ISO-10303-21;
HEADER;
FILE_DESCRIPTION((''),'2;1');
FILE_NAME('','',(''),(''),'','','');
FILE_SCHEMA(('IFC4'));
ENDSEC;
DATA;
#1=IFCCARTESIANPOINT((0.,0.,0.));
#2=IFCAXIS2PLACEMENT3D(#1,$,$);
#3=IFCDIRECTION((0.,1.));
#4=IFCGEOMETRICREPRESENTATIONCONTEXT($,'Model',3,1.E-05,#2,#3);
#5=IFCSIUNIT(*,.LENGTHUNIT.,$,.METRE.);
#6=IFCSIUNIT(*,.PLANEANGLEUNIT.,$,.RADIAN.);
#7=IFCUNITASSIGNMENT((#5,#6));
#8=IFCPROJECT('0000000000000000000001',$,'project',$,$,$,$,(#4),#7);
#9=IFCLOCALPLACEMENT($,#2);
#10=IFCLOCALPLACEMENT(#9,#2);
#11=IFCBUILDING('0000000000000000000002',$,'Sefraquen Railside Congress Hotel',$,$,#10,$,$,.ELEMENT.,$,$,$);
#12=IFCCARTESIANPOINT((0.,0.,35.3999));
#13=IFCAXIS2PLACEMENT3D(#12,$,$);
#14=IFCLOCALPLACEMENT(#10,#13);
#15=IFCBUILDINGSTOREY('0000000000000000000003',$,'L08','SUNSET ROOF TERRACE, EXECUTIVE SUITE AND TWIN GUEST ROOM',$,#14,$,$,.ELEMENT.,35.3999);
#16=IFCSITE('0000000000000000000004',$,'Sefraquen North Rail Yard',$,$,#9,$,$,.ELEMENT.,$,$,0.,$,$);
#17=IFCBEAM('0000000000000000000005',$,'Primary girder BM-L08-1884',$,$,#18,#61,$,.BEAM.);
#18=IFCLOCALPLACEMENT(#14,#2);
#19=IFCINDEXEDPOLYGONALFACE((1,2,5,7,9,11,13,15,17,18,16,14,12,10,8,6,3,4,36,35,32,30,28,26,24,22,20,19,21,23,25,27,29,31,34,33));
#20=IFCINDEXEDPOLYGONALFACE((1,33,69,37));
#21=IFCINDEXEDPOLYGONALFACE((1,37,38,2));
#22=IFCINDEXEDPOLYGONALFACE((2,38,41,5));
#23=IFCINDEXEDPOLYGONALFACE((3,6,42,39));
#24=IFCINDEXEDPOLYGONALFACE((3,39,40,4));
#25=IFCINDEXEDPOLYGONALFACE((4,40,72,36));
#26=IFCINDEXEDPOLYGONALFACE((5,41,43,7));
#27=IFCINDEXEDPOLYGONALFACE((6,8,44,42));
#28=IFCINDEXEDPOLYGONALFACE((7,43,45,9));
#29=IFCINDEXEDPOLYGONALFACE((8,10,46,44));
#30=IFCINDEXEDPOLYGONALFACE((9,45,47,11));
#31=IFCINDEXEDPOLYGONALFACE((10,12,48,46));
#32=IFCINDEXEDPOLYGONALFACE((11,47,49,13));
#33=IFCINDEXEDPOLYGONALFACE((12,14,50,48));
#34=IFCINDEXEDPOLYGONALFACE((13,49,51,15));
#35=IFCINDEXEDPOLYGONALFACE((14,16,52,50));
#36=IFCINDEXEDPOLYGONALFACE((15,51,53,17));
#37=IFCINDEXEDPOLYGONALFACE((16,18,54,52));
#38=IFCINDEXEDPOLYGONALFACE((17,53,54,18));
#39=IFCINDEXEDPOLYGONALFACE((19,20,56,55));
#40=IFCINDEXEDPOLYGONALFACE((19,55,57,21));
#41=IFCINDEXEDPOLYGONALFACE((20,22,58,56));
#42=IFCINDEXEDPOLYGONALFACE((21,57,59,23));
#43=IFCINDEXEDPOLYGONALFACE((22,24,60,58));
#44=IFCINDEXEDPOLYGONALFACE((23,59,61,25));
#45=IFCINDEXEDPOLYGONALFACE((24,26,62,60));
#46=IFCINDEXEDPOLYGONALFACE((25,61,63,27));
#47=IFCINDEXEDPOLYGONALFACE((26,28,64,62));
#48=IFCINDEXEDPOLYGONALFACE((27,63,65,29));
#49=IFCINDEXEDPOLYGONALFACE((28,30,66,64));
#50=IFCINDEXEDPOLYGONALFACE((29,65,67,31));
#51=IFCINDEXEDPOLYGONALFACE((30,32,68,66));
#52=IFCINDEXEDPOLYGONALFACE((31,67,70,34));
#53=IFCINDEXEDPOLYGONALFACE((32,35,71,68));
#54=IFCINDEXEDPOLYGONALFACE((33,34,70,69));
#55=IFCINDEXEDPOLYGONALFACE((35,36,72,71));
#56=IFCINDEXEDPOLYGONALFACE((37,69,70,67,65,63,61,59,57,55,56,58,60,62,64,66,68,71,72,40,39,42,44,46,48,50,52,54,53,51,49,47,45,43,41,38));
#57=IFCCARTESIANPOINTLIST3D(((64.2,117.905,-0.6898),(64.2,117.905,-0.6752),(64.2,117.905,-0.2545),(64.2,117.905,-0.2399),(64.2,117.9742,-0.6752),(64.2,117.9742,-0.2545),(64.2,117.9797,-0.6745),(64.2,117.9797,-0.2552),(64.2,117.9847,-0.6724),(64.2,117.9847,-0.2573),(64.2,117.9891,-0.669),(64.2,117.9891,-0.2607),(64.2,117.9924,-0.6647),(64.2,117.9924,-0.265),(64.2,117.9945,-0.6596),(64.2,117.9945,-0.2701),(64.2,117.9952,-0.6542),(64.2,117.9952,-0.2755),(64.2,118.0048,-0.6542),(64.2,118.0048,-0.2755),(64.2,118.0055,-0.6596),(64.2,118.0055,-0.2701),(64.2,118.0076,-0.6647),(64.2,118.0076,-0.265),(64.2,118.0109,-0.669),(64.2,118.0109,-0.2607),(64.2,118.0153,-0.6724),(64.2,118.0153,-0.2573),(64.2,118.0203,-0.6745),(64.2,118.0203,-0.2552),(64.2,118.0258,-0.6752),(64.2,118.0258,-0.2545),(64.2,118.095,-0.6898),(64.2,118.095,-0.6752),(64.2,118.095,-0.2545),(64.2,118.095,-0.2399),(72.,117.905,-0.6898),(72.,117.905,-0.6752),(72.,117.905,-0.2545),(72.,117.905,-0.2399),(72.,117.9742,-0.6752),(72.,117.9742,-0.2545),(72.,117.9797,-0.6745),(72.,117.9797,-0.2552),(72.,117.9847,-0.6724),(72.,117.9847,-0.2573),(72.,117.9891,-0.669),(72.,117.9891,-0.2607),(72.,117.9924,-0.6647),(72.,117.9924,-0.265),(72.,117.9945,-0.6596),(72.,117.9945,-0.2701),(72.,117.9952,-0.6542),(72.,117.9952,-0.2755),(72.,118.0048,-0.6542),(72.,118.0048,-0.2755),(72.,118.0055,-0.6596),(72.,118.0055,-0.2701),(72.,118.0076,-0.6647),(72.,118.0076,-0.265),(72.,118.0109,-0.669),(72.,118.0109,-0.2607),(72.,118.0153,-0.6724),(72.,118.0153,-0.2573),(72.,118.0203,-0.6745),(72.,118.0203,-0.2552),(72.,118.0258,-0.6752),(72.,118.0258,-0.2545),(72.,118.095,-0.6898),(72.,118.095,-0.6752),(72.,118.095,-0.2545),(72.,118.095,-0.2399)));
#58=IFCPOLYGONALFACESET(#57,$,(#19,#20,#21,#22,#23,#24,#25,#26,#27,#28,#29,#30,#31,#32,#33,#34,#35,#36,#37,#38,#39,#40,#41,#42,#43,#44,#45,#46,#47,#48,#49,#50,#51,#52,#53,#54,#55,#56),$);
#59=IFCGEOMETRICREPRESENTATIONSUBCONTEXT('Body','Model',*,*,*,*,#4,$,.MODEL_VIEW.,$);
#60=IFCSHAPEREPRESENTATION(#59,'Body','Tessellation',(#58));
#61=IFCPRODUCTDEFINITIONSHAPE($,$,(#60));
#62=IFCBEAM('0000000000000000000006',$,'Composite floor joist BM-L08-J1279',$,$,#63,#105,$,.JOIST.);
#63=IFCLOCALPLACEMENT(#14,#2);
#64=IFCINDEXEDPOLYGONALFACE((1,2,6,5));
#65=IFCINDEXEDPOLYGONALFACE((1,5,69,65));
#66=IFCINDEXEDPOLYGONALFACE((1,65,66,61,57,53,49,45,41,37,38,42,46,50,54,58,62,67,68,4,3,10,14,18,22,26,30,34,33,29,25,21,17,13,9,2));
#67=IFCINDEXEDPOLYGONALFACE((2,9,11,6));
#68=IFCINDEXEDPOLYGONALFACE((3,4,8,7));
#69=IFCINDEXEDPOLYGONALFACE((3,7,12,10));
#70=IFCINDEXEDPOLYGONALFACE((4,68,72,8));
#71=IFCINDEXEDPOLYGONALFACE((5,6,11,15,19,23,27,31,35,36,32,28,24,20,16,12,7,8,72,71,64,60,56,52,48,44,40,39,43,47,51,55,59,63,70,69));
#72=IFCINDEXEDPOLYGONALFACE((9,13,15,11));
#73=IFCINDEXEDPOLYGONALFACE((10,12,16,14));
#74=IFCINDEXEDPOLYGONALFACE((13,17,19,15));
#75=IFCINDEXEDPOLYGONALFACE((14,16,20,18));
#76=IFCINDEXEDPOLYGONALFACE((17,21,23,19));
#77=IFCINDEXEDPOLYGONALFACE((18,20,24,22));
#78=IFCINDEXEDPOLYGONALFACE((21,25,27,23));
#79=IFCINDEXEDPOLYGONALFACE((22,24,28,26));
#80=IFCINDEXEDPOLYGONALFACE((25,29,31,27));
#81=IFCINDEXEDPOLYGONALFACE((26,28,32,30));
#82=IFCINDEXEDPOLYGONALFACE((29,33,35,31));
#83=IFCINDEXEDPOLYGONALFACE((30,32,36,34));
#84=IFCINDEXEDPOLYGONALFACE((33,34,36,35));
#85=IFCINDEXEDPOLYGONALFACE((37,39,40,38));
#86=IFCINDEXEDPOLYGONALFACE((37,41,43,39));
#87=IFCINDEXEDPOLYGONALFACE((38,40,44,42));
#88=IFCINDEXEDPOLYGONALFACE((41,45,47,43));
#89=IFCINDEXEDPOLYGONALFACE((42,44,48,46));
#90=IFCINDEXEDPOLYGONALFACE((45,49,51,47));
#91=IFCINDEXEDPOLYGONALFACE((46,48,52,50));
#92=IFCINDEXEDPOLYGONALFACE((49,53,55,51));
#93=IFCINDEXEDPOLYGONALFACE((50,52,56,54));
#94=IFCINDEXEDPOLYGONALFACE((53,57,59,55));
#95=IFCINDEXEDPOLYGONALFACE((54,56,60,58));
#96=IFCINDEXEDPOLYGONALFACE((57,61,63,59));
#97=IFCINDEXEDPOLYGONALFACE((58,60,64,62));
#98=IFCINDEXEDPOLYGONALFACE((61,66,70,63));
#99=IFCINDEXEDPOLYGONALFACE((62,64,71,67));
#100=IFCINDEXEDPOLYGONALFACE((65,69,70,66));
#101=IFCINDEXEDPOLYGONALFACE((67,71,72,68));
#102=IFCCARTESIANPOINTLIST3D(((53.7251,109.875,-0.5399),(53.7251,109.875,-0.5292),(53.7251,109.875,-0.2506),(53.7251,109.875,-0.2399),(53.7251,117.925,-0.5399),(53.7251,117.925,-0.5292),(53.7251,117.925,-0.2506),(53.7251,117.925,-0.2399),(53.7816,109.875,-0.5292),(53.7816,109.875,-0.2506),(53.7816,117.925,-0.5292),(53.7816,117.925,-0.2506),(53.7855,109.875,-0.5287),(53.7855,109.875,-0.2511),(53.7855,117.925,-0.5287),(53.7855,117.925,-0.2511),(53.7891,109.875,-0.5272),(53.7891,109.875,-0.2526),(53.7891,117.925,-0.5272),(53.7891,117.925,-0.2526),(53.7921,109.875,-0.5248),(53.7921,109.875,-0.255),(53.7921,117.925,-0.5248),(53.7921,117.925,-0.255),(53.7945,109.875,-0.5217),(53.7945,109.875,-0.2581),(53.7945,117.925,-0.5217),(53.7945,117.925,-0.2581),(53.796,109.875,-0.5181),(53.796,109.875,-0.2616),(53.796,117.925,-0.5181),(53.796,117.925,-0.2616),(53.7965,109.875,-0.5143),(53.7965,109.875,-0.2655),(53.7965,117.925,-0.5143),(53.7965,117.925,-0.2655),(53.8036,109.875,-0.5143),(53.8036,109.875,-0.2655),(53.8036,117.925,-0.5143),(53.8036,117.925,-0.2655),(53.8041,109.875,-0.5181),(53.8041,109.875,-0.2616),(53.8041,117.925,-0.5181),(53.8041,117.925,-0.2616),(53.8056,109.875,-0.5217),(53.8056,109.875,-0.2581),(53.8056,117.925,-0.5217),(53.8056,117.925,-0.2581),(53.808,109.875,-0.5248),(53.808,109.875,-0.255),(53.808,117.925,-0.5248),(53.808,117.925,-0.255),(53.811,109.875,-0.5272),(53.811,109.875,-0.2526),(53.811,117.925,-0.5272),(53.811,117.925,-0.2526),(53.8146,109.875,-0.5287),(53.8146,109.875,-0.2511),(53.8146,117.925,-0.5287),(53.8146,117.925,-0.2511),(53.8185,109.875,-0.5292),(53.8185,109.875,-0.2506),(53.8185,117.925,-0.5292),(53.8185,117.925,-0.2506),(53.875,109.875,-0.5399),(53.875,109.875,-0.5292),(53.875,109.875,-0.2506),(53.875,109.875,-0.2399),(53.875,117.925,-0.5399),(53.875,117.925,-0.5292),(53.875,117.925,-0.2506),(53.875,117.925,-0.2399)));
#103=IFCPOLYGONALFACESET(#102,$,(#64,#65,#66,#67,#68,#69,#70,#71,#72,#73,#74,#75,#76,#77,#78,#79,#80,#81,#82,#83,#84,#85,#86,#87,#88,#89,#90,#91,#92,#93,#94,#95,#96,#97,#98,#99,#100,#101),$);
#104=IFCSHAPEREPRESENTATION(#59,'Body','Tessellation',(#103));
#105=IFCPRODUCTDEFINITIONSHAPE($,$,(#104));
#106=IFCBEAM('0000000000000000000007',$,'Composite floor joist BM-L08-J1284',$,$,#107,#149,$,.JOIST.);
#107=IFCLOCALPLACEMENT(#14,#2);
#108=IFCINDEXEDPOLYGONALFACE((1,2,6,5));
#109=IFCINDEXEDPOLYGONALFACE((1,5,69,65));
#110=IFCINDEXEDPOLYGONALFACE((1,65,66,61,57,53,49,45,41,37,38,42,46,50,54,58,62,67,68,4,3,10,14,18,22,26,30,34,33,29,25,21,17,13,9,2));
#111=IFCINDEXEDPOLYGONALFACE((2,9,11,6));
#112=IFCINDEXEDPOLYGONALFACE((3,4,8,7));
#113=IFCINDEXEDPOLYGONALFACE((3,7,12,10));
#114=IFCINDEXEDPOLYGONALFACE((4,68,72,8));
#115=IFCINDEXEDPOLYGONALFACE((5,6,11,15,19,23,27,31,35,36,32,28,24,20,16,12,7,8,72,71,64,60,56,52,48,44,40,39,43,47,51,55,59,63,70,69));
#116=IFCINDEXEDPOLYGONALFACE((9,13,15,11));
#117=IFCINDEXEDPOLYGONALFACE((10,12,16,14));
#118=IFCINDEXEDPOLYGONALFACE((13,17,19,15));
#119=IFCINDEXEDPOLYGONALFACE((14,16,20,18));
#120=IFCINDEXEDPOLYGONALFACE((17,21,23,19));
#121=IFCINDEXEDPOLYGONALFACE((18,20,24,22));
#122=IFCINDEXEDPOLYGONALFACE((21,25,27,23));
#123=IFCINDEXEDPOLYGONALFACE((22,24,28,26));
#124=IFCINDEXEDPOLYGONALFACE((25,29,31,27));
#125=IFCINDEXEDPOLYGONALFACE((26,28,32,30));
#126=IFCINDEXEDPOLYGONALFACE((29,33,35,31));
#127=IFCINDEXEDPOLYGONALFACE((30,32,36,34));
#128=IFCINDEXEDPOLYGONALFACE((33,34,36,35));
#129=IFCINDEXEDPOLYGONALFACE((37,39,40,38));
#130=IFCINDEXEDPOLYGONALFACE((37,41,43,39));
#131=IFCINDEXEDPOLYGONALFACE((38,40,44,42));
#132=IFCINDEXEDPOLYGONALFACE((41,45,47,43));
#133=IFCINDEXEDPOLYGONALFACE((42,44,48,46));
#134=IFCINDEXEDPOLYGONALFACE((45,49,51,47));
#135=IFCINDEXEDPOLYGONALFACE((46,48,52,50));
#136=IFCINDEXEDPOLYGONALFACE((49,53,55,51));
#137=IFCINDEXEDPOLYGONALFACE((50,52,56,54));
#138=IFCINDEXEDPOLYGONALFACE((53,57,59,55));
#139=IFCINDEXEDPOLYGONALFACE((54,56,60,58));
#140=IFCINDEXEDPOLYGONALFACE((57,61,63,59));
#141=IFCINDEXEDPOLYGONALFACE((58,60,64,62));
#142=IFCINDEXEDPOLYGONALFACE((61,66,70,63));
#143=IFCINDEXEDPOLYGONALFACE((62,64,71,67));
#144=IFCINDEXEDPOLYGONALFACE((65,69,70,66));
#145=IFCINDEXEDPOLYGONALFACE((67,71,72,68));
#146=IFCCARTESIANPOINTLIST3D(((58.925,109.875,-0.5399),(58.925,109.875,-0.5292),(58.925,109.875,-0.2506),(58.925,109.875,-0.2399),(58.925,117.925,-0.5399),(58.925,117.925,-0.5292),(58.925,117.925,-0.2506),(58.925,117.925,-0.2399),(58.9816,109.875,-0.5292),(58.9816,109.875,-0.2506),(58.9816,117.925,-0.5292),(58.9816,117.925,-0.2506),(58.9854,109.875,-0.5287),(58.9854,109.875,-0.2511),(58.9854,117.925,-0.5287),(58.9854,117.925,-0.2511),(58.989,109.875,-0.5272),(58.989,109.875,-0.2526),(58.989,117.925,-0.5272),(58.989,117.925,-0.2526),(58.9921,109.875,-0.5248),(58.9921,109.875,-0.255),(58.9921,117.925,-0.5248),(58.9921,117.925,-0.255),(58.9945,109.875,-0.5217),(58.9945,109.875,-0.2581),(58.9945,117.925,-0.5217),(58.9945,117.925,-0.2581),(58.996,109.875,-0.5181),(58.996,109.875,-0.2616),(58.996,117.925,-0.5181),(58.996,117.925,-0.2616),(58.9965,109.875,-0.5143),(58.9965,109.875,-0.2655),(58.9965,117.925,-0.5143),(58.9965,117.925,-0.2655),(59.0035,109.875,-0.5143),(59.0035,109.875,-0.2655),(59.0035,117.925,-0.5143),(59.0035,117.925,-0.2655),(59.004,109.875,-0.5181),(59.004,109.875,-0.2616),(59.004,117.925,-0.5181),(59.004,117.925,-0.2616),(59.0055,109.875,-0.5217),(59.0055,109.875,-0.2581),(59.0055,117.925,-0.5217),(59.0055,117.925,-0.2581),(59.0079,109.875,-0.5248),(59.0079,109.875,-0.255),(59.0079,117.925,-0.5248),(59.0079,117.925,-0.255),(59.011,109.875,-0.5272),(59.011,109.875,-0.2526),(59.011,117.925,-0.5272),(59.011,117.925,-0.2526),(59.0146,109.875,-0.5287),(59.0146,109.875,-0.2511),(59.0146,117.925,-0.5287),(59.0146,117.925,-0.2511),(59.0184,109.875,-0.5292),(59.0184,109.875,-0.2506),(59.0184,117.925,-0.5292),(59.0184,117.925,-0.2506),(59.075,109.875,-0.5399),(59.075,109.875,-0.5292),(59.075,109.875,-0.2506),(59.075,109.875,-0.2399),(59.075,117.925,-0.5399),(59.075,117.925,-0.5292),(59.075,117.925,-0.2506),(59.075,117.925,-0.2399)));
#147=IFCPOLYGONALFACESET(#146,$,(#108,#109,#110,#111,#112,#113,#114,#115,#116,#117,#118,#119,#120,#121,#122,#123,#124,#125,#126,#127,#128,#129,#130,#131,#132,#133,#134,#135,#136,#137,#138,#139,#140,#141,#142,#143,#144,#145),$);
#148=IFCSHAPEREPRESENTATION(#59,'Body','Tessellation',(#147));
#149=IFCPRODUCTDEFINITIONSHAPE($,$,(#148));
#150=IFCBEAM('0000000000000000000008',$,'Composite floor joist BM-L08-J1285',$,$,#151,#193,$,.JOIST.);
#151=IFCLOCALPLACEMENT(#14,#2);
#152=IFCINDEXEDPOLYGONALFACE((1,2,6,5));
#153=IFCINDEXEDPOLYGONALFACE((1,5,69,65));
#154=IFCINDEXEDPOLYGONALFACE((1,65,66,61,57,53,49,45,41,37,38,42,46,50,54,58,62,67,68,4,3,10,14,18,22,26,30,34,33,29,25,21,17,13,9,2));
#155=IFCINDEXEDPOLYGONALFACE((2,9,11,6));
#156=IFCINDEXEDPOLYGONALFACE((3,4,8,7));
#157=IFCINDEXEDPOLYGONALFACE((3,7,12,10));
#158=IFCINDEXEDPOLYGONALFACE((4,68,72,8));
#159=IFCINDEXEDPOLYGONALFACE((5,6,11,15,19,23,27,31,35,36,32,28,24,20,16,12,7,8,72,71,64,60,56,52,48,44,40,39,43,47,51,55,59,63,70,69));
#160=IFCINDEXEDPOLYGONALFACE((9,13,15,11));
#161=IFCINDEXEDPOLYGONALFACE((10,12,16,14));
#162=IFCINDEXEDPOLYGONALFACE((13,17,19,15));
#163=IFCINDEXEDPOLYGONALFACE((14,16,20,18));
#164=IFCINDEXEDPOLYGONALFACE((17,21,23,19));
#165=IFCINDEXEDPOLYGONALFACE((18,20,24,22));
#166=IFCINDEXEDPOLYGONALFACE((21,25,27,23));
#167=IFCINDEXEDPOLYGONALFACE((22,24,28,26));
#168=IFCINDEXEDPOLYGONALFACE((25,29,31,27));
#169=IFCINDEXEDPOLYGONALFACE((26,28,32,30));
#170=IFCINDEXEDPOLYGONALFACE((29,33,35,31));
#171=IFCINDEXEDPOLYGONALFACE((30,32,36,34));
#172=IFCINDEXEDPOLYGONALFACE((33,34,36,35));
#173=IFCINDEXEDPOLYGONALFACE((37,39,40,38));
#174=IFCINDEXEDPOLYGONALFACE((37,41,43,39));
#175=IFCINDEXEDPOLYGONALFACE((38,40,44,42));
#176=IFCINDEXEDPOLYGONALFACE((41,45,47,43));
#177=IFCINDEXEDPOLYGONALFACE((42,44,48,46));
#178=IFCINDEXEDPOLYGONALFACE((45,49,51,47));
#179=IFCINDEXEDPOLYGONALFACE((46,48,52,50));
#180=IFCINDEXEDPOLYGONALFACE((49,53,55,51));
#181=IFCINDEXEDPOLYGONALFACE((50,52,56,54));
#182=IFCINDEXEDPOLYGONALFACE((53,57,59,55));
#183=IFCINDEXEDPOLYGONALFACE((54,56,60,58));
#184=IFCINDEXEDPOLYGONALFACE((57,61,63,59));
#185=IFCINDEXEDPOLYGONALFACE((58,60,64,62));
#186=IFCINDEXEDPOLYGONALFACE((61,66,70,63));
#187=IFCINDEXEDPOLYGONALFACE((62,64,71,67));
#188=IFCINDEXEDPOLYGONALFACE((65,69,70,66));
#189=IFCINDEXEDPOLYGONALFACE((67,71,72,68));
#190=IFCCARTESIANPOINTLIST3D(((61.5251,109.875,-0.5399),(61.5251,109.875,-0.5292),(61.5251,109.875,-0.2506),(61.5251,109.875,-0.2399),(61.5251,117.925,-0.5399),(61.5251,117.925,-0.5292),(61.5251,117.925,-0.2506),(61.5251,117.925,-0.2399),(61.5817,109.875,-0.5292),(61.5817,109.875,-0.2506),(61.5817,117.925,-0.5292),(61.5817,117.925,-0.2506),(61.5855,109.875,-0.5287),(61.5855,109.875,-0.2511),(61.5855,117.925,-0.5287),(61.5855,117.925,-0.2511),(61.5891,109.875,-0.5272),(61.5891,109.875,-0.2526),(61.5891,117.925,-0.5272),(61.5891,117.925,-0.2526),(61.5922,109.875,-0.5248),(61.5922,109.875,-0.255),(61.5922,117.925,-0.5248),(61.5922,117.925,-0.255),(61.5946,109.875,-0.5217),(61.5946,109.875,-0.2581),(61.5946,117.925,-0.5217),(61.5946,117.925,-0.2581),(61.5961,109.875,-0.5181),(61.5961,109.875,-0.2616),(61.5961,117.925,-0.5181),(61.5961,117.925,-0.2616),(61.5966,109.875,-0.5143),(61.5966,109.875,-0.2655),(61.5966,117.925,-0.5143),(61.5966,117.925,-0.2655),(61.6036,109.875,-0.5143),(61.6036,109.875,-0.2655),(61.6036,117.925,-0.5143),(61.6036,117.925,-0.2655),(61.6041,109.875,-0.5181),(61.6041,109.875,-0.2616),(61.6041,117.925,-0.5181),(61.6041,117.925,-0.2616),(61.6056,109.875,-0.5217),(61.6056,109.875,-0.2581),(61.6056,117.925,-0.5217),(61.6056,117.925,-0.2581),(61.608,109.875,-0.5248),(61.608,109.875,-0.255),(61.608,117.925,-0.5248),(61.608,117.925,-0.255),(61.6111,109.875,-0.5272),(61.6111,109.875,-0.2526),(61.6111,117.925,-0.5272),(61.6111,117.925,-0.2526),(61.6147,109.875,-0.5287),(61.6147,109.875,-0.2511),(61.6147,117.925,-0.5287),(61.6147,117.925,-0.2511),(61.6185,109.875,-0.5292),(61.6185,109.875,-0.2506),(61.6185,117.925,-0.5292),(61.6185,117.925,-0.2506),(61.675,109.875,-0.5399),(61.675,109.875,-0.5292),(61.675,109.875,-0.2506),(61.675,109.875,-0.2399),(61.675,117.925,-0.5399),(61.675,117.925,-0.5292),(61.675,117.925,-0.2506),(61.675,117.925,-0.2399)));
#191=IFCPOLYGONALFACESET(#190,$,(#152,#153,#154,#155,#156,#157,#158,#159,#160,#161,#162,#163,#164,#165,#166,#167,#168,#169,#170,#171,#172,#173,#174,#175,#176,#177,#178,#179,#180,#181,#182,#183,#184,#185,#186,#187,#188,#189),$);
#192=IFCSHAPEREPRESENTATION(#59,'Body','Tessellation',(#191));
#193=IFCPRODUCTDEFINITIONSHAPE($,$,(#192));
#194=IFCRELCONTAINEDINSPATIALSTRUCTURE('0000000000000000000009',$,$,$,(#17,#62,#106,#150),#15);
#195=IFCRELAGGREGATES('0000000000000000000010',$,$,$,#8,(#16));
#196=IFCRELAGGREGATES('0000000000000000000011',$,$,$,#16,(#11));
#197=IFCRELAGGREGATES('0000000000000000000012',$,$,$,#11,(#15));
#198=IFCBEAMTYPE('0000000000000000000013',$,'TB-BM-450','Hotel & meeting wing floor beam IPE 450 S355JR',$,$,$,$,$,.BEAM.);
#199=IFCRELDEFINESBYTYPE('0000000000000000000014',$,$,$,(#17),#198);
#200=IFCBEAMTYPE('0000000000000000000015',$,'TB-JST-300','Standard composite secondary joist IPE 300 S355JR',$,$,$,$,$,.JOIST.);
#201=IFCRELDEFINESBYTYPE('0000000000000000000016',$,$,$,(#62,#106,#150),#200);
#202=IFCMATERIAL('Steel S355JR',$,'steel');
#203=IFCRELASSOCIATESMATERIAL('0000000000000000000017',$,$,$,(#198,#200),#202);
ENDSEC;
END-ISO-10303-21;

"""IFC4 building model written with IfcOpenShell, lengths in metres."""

from ifc_helpers import new_model, si_unit, direction, frame, origin, origin_2d, place, context, subcontext, project, spatial, i_section, extrude, material, material_profile, profile_set, type_object, element, save


model = new_model("IFC4")

# Units and contexts
model_context = context("Model", 3, precision=1e-05, world=origin(), true_north=direction((0.0, 1.0)))
body_context = subcontext(model_context, "Body", "Model", "MODEL_VIEW")
ifc_project = project(units=[si_unit("LENGTHUNIT", "METRE"), si_unit("PLANEANGLEUNIT", "RADIAN")], contexts=[model_context])

# Site, building, storey
site_placement = place(None, origin())
site = spatial("IfcSite", under=ifc_project, at=site_placement, Name="Sefraquen North Rail Yard", CompositionType="ELEMENT", RefElevation=0.0)
building_placement = place(site_placement, origin())
building = spatial("IfcBuilding", under=site, at=building_placement, Name="Sefraquen Railside Congress Hotel", CompositionType="ELEMENT")
storey_placement = place(building_placement, frame((0.0, 0.0, 35.3999)))
storey = spatial("IfcBuildingStorey", under=building, at=storey_placement, Name="L08", Description="SUNSET ROOF TERRACE, EXECUTIVE SUITE AND TWIN GUEST ROOM", CompositionType="ELEMENT", Elevation=35.3999)

# Shared definitions
ifc_material_1 = material(Name="Steel S355JR", Category="steel")

# Beams
ifc_material_profile_1 = material_profile(ifc_material_1, i_section(OverallWidth=0.1899, OverallDepth=0.45, WebThickness=0.0095, FlangeThickness=0.0146, FilletRadius=0.021, at=origin_2d()), Name="IPE 450")
ifc_profile_set_1 = profile_set([ifc_material_profile_1], Name="Steel S355JR")
beam_type_1 = type_object("IfcBeamType", Name="TB-BM-450", Description="Hotel & meeting wing floor beam IPE 450 S355JR", PredefinedType="BEAM", material=ifc_profile_set_1)
for number, where, z_axis, x_axis, name in (
    (1, (64.2, 118.0, -0.4648), (1.0, 0.0, 0.0), (0.0, 1.0, 0.0), "Primary girder BM-L08-1884"),
):
    element("IfcBeam", number, at=place(storey_placement, frame(where, z_axis=z_axis, x_axis=x_axis)), inside=storey, type_object=beam_type_1, Name=name, PredefinedType="BEAM", context=body_context, shape_type="SweptSolid", body=[
        extrude(i_section(OverallWidth=0.1899, OverallDepth=0.45, WebThickness=0.0095, FlangeThickness=0.0146, FilletRadius=0.021, at=origin_2d()), origin(), (0.0, 0.0, 1.0), 7.8),
    ])
ifc_material_profile_2 = material_profile(ifc_material_1, i_section(OverallWidth=0.1499, OverallDepth=0.3, WebThickness=0.0071, FlangeThickness=0.0107, FilletRadius=0.0149, at=origin_2d()), Name="IPE 300")
ifc_profile_set_2 = profile_set([ifc_material_profile_2], Name="Steel S355JR")
beam_type_2 = type_object("IfcBeamType", Name="TB-JST-300", Description="Standard composite secondary joist IPE 300 S355JR", PredefinedType="JOIST", material=ifc_profile_set_2)
for number, where, z_axis, x_axis, name in (
    (2, (53.8, 109.875, -0.3899), (0.0, 1.0, 0.0), (-1.0, 0.0, 0.0), "Composite floor joist BM-L08-J1279"),
    (3, (59.0, 109.875, -0.3899), (0.0, 1.0, 0.0), (-1.0, 0.0, 0.0), "Composite floor joist BM-L08-J1284"),
    (4, (61.6001, 109.875, -0.3899), (0.0, 1.0, 0.0), (-1.0, 0.0, 0.0), "Composite floor joist BM-L08-J1285"),
):
    element("IfcBeam", number, at=place(storey_placement, frame(where, z_axis=z_axis, x_axis=x_axis)), inside=storey, type_object=beam_type_2, Name=name, PredefinedType="JOIST", context=body_context, shape_type="SweptSolid", body=[
        extrude(i_section(OverallWidth=0.1499, OverallDepth=0.3, WebThickness=0.0071, FlangeThickness=0.0107, FilletRadius=0.0149, at=origin_2d()), origin(), (0.0, 0.0, 1.0), 8.05),
    ])

save(model, "model.ifc")
